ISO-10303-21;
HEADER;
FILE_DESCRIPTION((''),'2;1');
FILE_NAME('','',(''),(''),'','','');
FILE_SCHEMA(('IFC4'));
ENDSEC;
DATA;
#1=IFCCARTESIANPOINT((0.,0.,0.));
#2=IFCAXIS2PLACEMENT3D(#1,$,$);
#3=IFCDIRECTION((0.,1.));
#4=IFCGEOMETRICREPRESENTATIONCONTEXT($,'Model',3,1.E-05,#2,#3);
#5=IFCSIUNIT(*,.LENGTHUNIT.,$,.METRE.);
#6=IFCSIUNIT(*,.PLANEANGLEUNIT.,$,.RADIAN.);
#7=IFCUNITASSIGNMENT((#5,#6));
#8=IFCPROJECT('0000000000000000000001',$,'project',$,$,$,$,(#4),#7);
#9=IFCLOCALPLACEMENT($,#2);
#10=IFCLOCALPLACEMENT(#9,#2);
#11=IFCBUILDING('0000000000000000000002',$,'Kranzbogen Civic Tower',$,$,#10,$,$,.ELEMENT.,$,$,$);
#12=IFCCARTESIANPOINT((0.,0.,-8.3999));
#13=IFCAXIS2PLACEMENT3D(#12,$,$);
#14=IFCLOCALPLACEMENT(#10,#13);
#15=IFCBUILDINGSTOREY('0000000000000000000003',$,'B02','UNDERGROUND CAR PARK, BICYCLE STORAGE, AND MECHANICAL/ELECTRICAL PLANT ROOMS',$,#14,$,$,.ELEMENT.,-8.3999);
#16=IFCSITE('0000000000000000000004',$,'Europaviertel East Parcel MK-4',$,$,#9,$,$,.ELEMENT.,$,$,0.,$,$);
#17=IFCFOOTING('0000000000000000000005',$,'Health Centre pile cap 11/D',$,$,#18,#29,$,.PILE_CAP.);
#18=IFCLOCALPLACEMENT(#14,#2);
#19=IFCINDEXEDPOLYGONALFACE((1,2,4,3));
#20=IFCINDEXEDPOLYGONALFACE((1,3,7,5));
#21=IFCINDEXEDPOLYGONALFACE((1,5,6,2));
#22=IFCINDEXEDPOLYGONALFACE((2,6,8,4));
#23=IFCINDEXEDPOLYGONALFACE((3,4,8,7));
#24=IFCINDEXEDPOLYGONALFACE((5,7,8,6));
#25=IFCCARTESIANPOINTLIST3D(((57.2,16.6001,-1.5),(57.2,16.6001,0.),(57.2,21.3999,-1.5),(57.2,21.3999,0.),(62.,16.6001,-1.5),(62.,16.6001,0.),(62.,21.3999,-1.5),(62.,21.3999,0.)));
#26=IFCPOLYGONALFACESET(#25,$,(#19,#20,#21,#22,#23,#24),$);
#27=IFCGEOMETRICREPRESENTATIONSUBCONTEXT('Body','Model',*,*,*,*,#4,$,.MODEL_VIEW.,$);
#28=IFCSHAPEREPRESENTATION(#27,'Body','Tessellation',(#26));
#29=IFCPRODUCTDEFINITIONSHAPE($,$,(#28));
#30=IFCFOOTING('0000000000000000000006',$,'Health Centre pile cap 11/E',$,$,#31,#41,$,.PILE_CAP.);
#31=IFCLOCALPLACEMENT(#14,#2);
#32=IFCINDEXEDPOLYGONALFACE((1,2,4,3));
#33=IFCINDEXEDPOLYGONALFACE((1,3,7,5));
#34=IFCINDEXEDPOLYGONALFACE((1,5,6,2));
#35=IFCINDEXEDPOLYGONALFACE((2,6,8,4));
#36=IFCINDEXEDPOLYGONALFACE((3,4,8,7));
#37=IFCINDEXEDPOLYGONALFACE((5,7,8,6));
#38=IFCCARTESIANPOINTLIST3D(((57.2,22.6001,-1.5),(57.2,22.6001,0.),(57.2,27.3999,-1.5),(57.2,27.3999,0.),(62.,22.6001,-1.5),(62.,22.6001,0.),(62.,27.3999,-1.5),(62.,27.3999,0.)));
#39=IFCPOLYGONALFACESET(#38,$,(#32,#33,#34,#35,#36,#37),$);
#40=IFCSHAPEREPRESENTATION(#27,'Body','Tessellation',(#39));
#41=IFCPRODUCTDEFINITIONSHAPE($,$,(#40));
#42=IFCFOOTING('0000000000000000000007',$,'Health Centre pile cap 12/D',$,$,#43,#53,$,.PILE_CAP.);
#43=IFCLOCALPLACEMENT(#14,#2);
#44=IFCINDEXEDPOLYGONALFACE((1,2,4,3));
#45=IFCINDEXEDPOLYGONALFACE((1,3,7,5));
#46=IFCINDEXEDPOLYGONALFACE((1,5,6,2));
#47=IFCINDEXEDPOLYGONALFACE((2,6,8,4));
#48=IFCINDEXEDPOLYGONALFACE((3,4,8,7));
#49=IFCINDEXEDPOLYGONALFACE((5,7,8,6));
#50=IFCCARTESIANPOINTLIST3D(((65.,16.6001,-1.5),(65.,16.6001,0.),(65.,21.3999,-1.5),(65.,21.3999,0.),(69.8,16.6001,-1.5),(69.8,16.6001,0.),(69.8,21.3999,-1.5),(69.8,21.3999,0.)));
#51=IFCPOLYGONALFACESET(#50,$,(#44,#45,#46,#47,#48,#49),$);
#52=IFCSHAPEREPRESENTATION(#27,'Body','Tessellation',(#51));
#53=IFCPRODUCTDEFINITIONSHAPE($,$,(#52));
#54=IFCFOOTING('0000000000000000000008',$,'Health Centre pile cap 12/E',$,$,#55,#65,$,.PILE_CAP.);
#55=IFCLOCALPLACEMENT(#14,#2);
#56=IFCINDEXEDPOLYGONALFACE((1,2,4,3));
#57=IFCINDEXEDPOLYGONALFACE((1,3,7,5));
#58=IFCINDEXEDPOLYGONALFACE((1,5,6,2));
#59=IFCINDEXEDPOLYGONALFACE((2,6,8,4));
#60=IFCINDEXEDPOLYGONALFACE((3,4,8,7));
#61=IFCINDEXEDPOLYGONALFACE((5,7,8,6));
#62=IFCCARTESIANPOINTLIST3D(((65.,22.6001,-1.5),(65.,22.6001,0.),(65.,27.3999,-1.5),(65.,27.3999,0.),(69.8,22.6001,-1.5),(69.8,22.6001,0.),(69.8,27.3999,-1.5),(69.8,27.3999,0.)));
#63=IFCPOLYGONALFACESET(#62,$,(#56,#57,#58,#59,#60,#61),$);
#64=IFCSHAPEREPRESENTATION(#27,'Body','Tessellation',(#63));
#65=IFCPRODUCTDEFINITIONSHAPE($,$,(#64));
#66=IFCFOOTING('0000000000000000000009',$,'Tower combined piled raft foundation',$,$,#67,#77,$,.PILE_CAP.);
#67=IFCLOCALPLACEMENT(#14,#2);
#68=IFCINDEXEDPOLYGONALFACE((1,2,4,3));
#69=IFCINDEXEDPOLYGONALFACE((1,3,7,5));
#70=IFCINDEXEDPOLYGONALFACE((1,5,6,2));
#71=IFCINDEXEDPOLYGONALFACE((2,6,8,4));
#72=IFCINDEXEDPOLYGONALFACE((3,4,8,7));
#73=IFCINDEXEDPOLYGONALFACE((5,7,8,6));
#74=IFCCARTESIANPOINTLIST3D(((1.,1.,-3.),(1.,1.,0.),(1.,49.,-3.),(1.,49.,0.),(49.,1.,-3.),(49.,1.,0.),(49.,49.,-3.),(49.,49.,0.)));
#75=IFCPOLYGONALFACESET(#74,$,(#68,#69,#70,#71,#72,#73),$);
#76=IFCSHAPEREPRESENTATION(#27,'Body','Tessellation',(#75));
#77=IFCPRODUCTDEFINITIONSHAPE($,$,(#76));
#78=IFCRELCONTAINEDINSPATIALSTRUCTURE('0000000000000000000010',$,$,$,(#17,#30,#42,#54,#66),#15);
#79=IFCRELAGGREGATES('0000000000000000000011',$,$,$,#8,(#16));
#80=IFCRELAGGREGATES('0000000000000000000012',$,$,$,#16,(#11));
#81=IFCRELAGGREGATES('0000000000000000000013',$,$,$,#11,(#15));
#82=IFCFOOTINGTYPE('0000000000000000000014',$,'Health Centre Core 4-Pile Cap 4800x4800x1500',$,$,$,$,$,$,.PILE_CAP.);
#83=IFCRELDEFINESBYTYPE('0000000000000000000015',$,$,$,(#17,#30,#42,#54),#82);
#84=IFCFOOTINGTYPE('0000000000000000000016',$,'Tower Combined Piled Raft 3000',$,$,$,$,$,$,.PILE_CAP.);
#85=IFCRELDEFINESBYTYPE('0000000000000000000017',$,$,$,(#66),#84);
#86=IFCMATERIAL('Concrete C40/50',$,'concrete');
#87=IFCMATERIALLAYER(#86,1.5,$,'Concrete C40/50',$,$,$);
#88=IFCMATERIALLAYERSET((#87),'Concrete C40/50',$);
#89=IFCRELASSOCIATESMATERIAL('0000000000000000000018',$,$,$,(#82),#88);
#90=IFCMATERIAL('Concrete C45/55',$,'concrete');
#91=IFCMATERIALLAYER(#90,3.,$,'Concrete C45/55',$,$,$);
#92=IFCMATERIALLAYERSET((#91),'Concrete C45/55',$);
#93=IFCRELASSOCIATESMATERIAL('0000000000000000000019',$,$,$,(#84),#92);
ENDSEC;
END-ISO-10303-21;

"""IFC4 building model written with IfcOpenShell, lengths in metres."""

from ifc_helpers import new_model, si_unit, direction, frame, origin, place, context, subcontext, project, spatial, polyline, outline, extrude, material, layer, layer_set, type_object, element, save


model = new_model("IFC4")

# Units and contexts
model_context = context("Model", 3, precision=1e-05, world=origin(), true_north=direction((0.0, 1.0)))
body_context = subcontext(model_context, "Body", "Model", "MODEL_VIEW")
ifc_project = project(units=[si_unit("LENGTHUNIT", "METRE"), si_unit("PLANEANGLEUNIT", "RADIAN")], contexts=[model_context])

# Site, building, storey
site_placement = place(None, origin())
site = spatial("IfcSite", under=ifc_project, at=site_placement, Name="Europaviertel East Parcel MK-4", CompositionType="ELEMENT", RefElevation=0.0)
building_placement = place(site_placement, origin())
building = spatial("IfcBuilding", under=site, at=building_placement, Name="Kranzbogen Civic Tower", CompositionType="ELEMENT")
storey_placement = place(building_placement, frame((0.0, 0.0, -8.3999)))
storey = spatial("IfcBuildingStorey", under=building, at=storey_placement, Name="B02", Description="UNDERGROUND CAR PARK, BICYCLE STORAGE, AND MECHANICAL/ELECTRICAL PLANT ROOMS", CompositionType="ELEMENT", Elevation=-8.3999)

# Footings
ifc_material_1 = material(Name="Concrete C40/50", Category="concrete")
ifc_layer_1 = layer(ifc_material_1, 1.5, Name="Concrete C40/50")
ifc_layer_set_1 = layer_set([ifc_layer_1], Name="Concrete C40/50")
footing_type_1 = type_object("IfcFootingType", Name="Health Centre Core 4-Pile Cap 4800x4800x1500", PredefinedType="PILE_CAP", material=ifc_layer_set_1)
footing_1_placement = place(storey_placement, frame((0.0, 0.0, -1.5)))
element("IfcFooting", 1, at=footing_1_placement, inside=storey, type_object=footing_type_1, Name="Health Centre pile cap 11/D", PredefinedType="PILE_CAP", context=body_context, shape_type="SweptSolid", body=[
    extrude(outline(polyline([(57.2, 16.6001), (62.0, 16.6001), (62.0, 21.3999), (57.2, 21.3999), (57.2, 16.6001)])), origin(), (0.0, 0.0, 1.0), 1.5),
])
footing_2_placement = place(storey_placement, frame((0.0, 0.0, -1.5)))
element("IfcFooting", 2, at=footing_2_placement, inside=storey, type_object=footing_type_1, Name="Health Centre pile cap 11/E", PredefinedType="PILE_CAP", context=body_context, shape_type="SweptSolid", body=[
    extrude(outline(polyline([(57.2, 22.6001), (62.0, 22.6001), (62.0, 27.3999), (57.2, 27.3999), (57.2, 22.6001)])), origin(), (0.0, 0.0, 1.0), 1.5),
])
footing_3_placement = place(storey_placement, frame((0.0, 0.0, -1.5)))
element("IfcFooting", 3, at=footing_3_placement, inside=storey, type_object=footing_type_1, Name="Health Centre pile cap 12/D", PredefinedType="PILE_CAP", context=body_context, shape_type="SweptSolid", body=[
    extrude(outline(polyline([(65.0, 16.6001), (69.8, 16.6001), (69.8, 21.3999), (65.0, 21.3999), (65.0, 16.6001)])), origin(), (0.0, 0.0, 1.0), 1.5),
])
footing_4_placement = place(storey_placement, frame((0.0, 0.0, -1.5)))
element("IfcFooting", 4, at=footing_4_placement, inside=storey, type_object=footing_type_1, Name="Health Centre pile cap 12/E", PredefinedType="PILE_CAP", context=body_context, shape_type="SweptSolid", body=[
    extrude(outline(polyline([(65.0, 22.6001), (69.8, 22.6001), (69.8, 27.3999), (65.0, 27.3999), (65.0, 22.6001)])), origin(), (0.0, 0.0, 1.0), 1.5),
])
ifc_material_2 = material(Name="Concrete C45/55", Category="concrete")
ifc_layer_2 = layer(ifc_material_2, 3.0, Name="Concrete C45/55")
ifc_layer_set_2 = layer_set([ifc_layer_2], Name="Concrete C45/55")
footing_type_2 = type_object("IfcFootingType", Name="Tower Combined Piled Raft 3000", PredefinedType="PILE_CAP", material=ifc_layer_set_2)
footing_5_placement = place(storey_placement, frame((0.0, 0.0, -3.0)))
element("IfcFooting", 5, at=footing_5_placement, inside=storey, type_object=footing_type_2, Name="Tower combined piled raft foundation", PredefinedType="PILE_CAP", context=body_context, shape_type="SweptSolid", body=[
    extrude(outline(polyline([(1.0, 1.0), (49.0, 1.0), (49.0, 49.0), (1.0, 49.0), (1.0, 1.0)])), origin(), (0.0, 0.0, 1.0), 3.0),
])

save(model, "model.ifc")
